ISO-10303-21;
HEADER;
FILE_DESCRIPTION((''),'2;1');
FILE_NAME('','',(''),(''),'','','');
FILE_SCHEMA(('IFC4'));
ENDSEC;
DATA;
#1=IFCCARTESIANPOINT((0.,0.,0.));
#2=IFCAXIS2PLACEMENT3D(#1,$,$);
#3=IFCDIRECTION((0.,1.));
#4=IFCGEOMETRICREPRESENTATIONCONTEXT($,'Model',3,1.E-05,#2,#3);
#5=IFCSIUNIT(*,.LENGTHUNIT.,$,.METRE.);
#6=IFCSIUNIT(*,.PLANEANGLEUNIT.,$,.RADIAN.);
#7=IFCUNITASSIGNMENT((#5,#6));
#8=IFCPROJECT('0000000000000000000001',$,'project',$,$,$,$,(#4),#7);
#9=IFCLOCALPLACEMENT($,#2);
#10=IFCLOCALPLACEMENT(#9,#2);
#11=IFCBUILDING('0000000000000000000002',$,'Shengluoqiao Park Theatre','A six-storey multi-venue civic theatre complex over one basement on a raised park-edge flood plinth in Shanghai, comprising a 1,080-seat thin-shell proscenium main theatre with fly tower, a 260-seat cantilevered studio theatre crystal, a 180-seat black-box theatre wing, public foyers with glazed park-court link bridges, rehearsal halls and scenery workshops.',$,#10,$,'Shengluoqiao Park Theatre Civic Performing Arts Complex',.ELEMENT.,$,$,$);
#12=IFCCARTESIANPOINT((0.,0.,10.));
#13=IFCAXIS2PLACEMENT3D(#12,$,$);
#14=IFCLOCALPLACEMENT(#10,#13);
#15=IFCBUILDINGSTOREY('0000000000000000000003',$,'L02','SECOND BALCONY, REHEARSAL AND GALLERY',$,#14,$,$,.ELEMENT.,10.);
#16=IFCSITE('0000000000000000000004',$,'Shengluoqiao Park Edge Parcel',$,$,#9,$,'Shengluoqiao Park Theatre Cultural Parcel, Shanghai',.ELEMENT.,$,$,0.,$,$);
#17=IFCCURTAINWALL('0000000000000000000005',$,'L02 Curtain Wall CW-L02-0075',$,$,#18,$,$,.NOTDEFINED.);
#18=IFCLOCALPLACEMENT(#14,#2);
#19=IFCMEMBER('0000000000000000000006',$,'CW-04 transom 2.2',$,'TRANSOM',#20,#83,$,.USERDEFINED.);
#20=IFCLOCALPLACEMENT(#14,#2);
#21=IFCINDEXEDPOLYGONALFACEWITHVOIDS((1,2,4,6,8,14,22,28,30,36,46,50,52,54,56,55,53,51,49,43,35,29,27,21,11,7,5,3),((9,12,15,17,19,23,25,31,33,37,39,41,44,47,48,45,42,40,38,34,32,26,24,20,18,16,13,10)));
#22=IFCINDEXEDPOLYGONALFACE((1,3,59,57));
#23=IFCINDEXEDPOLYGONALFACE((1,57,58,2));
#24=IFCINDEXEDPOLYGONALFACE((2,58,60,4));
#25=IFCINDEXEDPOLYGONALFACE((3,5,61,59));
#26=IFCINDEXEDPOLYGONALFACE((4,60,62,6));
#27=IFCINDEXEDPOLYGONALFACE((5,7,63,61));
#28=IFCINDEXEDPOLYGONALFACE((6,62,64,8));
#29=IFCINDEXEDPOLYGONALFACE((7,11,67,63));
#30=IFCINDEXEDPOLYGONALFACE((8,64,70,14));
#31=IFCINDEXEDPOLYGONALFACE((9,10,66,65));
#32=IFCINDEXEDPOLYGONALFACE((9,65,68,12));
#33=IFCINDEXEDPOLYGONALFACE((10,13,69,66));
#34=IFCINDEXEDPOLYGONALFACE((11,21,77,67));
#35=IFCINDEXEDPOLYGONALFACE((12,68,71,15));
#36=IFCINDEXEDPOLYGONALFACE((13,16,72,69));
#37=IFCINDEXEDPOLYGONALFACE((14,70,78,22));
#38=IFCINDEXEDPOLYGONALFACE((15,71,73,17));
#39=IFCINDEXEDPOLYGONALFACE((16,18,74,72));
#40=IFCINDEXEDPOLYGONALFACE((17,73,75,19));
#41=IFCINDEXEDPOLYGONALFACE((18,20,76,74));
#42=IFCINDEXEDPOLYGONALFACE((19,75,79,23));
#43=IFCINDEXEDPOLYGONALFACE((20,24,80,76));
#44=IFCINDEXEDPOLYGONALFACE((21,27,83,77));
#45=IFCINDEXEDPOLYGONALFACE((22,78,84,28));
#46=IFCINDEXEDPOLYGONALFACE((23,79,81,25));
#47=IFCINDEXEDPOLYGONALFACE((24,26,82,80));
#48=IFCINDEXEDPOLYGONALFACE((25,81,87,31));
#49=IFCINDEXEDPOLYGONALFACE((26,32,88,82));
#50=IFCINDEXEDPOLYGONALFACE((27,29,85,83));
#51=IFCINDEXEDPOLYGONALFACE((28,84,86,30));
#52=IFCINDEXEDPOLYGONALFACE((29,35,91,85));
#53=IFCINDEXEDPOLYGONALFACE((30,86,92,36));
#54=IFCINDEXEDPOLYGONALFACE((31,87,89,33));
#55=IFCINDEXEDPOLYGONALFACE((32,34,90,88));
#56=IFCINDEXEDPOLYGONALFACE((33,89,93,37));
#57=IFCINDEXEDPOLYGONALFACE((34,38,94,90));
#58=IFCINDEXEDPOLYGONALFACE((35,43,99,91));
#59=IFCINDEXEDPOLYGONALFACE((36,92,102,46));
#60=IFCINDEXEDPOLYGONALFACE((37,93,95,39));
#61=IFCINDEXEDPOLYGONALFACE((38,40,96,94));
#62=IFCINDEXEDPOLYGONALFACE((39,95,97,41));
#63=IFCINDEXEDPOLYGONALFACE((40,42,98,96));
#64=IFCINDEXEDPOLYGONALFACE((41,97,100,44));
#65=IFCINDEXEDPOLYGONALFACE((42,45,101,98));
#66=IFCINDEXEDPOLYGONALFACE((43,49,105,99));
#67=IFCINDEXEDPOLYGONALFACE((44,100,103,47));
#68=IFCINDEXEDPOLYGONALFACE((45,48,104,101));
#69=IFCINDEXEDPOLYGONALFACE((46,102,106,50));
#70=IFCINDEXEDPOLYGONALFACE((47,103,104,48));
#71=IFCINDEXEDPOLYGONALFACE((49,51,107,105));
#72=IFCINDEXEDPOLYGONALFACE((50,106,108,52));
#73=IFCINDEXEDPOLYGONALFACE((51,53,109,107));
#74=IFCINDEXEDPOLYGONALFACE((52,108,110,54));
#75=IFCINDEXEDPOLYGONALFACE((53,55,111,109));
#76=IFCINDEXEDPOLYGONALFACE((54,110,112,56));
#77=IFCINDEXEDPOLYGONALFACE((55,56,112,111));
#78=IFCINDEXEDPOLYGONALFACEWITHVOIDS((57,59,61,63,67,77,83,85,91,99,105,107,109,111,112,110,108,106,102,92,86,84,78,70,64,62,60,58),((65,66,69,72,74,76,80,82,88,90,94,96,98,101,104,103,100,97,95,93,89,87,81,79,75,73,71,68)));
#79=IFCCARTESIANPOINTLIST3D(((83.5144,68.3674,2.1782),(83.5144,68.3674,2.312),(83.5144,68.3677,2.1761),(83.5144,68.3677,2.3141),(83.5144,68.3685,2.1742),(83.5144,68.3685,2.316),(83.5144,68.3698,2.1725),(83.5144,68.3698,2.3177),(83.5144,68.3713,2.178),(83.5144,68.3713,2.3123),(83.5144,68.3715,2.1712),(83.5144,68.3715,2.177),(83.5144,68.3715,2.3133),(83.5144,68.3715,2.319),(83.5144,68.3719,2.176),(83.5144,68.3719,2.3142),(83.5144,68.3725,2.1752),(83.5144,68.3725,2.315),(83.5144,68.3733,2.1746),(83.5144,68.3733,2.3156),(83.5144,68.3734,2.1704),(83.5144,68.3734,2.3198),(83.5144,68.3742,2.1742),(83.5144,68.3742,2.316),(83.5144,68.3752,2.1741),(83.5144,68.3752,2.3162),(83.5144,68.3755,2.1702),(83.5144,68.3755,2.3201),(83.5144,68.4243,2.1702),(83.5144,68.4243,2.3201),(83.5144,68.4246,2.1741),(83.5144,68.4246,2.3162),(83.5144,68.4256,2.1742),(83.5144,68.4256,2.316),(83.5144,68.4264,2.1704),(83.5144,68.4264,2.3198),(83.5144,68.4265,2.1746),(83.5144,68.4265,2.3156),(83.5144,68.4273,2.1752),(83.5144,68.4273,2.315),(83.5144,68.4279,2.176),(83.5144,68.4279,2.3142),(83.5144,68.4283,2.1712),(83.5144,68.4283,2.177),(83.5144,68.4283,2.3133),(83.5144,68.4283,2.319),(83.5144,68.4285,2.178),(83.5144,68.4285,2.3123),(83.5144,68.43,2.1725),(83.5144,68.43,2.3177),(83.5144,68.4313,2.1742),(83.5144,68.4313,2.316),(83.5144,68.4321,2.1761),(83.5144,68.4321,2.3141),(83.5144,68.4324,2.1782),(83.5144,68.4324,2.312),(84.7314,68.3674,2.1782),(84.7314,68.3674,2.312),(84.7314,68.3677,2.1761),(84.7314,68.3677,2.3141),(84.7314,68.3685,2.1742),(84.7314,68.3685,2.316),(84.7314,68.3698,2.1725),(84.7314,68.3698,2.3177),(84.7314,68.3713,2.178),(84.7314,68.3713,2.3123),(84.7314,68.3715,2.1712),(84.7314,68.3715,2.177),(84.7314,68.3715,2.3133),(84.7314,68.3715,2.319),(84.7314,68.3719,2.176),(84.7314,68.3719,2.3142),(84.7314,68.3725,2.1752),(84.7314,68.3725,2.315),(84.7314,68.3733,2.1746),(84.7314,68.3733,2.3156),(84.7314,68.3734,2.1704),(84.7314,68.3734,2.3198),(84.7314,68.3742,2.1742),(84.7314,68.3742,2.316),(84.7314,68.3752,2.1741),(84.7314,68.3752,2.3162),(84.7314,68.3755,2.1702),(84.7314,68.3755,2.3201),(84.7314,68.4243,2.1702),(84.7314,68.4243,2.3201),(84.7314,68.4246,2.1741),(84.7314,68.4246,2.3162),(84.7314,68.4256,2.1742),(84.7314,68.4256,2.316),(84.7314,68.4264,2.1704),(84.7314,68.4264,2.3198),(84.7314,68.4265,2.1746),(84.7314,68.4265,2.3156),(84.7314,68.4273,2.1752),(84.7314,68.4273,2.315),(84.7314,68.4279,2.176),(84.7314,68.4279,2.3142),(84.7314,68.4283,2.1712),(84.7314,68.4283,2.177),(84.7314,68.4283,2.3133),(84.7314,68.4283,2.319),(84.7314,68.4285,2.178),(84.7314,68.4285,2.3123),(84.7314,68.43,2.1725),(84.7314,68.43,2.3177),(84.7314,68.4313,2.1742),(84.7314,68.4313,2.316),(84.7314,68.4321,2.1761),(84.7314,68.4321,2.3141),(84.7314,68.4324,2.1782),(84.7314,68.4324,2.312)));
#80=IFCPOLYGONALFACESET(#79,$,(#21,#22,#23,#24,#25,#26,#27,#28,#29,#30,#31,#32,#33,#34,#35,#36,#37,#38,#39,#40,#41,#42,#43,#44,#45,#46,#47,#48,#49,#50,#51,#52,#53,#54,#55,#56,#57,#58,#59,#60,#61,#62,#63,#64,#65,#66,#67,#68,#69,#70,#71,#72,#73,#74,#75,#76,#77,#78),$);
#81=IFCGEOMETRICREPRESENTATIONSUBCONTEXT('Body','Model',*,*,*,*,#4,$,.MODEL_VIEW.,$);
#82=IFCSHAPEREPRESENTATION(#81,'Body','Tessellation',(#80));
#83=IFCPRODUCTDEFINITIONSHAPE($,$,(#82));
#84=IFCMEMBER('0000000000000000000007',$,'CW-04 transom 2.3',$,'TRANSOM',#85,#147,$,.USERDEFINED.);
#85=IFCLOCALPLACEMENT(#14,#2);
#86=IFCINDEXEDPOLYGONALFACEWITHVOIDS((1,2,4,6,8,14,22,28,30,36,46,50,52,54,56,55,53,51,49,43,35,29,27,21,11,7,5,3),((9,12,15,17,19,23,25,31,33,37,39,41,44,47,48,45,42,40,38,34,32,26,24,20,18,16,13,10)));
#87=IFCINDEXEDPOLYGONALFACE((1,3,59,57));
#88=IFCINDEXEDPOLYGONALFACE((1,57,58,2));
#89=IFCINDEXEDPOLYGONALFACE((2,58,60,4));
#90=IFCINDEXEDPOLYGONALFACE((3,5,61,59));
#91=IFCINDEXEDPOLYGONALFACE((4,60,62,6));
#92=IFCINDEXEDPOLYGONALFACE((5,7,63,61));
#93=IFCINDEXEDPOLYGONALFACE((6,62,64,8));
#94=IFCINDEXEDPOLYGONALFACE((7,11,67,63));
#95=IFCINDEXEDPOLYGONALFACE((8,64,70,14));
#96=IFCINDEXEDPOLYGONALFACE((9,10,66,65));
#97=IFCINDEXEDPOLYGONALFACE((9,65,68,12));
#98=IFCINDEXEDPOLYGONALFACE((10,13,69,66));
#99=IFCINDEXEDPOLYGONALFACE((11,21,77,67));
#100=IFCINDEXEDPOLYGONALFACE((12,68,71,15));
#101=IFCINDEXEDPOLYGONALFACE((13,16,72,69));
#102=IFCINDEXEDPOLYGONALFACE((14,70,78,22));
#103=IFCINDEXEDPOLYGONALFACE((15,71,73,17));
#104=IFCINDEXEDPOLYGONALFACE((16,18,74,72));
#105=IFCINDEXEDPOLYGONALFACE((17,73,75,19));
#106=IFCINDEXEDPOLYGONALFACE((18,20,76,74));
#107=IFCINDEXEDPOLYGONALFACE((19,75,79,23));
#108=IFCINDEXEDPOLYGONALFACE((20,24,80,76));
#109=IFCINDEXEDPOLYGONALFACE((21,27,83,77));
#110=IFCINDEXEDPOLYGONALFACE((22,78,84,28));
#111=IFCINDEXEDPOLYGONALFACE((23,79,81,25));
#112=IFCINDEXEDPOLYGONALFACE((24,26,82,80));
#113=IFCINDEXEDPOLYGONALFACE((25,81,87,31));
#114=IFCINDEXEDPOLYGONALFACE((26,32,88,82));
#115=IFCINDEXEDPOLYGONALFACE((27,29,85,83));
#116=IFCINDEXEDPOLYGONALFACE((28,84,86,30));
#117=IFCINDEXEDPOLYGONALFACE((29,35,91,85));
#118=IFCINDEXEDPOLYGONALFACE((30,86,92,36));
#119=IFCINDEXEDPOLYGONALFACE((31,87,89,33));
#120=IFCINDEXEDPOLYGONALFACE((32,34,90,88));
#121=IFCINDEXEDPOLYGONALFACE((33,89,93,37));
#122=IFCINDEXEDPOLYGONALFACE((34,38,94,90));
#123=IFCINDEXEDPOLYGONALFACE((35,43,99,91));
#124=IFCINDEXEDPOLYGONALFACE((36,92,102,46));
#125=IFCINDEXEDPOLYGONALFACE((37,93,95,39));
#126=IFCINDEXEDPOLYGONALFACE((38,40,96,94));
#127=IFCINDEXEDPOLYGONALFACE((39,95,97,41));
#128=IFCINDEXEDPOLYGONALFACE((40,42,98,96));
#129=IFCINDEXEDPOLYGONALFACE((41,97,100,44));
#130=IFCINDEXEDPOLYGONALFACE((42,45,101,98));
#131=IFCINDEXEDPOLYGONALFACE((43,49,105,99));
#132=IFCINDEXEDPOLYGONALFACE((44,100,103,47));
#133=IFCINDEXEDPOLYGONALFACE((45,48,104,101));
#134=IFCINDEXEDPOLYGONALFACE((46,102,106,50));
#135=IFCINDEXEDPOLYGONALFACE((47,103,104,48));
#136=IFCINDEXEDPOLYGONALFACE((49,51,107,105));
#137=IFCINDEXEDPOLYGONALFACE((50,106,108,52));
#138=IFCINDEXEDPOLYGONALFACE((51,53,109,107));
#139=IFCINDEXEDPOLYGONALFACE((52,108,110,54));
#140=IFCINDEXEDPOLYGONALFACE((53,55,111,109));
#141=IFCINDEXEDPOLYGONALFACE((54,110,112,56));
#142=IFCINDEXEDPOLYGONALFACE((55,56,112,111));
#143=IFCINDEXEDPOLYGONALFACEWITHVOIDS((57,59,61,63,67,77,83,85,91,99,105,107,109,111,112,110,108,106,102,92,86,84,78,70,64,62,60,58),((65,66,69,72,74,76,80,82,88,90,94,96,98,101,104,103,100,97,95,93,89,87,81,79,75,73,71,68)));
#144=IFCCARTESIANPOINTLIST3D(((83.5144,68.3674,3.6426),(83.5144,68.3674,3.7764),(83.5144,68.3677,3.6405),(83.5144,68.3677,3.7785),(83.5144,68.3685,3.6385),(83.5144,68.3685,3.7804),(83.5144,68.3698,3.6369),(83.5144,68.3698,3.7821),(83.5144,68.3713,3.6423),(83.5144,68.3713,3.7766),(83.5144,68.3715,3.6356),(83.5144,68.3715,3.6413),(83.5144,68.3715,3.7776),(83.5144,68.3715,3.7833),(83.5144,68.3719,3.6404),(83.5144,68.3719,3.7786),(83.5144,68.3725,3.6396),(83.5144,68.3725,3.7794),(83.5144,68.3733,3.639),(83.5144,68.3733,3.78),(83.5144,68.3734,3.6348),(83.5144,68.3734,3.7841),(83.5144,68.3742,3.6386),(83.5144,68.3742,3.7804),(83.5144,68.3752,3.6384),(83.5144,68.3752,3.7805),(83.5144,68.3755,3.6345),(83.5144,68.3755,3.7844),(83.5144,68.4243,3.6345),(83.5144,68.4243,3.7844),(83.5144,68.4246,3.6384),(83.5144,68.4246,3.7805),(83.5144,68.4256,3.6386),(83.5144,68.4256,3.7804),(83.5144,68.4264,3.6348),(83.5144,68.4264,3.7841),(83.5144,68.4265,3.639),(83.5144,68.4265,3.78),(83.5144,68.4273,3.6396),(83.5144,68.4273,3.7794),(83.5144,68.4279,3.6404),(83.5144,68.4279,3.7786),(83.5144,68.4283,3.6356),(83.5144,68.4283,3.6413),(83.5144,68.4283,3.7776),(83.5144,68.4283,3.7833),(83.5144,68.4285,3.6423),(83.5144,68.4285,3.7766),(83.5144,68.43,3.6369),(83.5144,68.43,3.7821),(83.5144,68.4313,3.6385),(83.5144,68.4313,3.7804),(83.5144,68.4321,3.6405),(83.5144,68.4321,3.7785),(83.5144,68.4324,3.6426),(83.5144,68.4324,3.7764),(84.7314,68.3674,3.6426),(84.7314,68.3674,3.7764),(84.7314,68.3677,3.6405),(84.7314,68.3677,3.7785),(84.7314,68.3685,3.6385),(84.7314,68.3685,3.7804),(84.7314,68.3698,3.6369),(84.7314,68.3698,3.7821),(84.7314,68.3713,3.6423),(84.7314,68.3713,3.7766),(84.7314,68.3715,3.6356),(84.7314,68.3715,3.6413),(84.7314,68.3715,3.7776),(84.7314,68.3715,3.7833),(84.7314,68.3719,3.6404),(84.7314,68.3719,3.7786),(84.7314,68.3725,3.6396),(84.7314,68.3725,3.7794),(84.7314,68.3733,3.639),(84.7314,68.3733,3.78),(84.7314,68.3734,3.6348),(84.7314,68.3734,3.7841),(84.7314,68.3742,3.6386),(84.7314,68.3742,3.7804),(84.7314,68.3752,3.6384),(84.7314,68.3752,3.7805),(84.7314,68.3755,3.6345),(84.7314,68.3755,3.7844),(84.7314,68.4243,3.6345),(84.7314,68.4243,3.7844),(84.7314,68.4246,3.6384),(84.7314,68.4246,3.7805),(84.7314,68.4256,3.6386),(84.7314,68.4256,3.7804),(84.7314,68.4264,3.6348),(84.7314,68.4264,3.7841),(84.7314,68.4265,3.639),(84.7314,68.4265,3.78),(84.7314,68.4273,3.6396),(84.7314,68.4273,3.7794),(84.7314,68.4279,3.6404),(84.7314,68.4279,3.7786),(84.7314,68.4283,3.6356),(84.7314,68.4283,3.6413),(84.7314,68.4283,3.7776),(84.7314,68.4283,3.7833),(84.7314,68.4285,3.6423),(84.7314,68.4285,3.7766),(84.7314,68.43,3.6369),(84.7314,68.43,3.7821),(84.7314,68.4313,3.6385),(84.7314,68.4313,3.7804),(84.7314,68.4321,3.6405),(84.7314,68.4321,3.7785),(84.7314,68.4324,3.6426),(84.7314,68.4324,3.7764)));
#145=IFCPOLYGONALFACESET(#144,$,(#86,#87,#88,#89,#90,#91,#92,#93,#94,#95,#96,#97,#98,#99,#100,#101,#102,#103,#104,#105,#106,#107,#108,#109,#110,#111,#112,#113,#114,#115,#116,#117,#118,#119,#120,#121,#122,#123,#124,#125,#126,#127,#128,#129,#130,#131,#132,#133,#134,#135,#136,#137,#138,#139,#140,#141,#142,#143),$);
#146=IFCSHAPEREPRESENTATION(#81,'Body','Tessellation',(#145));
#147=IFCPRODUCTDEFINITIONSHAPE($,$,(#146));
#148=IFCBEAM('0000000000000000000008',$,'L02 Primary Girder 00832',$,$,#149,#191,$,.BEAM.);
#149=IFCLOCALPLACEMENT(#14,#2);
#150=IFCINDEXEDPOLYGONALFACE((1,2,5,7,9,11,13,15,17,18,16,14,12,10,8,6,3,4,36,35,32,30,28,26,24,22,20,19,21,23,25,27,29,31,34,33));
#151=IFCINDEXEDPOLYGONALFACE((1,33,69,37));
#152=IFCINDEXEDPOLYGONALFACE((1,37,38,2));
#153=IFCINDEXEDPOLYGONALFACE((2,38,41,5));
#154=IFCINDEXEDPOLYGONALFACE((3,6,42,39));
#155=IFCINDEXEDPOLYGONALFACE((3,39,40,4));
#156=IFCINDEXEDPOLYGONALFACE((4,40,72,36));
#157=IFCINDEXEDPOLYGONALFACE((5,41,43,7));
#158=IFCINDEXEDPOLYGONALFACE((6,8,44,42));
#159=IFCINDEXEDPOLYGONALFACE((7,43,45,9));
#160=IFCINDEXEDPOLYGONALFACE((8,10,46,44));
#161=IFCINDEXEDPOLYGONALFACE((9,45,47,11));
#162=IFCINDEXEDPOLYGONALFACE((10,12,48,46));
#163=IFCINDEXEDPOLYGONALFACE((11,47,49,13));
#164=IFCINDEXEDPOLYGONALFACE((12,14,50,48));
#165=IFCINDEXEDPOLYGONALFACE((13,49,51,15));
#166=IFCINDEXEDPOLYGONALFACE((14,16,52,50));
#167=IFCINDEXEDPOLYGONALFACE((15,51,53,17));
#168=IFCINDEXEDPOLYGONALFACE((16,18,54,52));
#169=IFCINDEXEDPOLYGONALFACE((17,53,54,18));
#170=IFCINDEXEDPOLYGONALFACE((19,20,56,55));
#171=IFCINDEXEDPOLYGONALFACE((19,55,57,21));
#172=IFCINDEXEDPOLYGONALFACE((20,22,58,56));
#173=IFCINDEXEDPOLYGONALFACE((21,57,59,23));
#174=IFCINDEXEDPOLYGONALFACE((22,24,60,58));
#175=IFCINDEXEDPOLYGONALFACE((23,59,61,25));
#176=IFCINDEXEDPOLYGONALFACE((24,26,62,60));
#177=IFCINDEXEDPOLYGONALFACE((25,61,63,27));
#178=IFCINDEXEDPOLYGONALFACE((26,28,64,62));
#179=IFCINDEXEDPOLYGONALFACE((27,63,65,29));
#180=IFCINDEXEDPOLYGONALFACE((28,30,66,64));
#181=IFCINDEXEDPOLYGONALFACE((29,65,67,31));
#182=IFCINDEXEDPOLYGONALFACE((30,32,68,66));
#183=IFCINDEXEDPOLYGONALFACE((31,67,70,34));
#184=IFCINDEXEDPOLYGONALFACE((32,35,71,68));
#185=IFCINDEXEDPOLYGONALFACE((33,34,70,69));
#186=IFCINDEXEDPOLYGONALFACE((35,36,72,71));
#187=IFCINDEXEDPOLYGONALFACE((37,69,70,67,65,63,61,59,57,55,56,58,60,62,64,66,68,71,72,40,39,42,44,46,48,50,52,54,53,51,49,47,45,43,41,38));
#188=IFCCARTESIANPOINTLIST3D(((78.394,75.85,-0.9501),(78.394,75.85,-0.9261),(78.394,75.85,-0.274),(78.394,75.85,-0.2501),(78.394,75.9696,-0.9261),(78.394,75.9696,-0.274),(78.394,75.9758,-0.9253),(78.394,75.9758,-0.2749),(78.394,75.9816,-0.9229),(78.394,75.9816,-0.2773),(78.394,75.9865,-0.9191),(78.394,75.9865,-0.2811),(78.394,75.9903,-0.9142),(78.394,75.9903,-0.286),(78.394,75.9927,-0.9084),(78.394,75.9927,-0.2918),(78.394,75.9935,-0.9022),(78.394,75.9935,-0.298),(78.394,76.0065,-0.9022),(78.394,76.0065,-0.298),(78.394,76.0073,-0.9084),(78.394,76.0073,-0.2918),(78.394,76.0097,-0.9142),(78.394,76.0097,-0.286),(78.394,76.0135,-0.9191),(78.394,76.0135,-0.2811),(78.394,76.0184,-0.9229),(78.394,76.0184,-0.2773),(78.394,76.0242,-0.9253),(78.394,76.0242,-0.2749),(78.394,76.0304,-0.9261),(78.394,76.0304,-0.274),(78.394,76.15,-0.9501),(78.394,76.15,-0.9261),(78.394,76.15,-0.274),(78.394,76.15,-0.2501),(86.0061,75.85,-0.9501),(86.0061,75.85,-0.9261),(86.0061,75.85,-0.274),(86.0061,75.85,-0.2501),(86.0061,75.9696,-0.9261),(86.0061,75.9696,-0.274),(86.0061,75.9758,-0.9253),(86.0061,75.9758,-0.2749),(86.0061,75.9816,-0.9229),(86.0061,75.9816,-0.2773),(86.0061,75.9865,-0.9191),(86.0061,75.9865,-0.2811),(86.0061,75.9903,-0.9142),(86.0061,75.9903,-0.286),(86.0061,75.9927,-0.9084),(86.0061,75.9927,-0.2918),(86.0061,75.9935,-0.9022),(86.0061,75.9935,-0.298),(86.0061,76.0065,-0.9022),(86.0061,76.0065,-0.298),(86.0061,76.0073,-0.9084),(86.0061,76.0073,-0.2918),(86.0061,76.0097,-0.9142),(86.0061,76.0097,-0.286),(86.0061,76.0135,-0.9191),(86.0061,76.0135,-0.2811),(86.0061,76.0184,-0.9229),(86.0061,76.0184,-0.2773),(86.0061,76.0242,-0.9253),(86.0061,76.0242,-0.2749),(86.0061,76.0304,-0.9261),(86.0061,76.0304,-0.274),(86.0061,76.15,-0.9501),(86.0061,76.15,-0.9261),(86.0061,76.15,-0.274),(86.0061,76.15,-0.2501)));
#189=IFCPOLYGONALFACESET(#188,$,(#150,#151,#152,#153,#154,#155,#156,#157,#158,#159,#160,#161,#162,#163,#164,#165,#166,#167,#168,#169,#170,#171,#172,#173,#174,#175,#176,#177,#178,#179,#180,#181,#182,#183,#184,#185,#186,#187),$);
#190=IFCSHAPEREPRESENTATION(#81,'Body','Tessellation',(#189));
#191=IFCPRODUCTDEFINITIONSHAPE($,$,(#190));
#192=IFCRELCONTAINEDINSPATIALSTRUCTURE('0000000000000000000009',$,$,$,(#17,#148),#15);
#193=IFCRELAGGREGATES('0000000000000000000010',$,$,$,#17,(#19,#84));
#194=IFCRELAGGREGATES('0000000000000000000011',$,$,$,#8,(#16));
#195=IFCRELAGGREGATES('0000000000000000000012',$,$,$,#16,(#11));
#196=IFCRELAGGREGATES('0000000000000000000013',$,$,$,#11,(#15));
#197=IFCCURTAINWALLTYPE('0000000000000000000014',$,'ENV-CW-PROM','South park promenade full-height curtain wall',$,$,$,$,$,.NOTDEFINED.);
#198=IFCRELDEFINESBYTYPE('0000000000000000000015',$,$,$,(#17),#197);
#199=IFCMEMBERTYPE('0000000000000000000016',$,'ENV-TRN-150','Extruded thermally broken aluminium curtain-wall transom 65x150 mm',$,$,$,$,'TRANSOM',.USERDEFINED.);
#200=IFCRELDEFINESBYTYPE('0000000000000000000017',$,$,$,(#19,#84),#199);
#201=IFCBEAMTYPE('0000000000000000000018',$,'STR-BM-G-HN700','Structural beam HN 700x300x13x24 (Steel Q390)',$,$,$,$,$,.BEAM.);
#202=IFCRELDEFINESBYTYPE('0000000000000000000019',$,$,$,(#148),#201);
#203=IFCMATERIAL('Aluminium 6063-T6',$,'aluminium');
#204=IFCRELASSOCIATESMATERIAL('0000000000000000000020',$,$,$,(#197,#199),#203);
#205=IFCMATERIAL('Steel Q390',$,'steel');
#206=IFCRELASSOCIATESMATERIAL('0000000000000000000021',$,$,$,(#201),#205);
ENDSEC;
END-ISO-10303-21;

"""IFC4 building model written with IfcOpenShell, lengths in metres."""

from ifc_helpers import new_model, si_unit, direction, frame, origin, origin_2d, place, context, subcontext, project, spatial, hollow_rectangle, i_section, extrude, material, material_profile, profile_set, type_object, element, aggregate, save


model = new_model("IFC4")

# Units and contexts
model_context = context("Model", 3, precision=1e-05, world=origin(), true_north=direction((0.0, 1.0)))
body_context = subcontext(model_context, "Body", "Model", "MODEL_VIEW")
ifc_project = project(units=[si_unit("LENGTHUNIT", "METRE"), si_unit("PLANEANGLEUNIT", "RADIAN")], contexts=[model_context])

# Site, building, storey
site_placement = place(None, origin())
site = spatial("IfcSite", under=ifc_project, at=site_placement, Name="Shengluoqiao Park Edge Parcel", LongName="Shengluoqiao Park Theatre Cultural Parcel, Shanghai", CompositionType="ELEMENT", RefElevation=0.0)
building_placement = place(site_placement, origin())
building = spatial("IfcBuilding", under=site, at=building_placement, Name="Shengluoqiao Park Theatre", Description="A six-storey multi-venue civic theatre complex over one basement on a raised park-edge flood plinth in Shanghai, comprising a 1,080-seat thin-shell proscenium main theatre with fly tower, a 260-seat cantilevered studio theatre crystal, a 180-seat black-box theatre wing, public foyers with glazed park-court link bridges, rehearsal halls and scenery workshops.", LongName="Shengluoqiao Park Theatre Civic Performing Arts Complex", CompositionType="ELEMENT")
storey_placement = place(building_placement, frame((0.0, 0.0, 10.0)))
storey = spatial("IfcBuildingStorey", under=building, at=storey_placement, Name="L02", Description="SECOND BALCONY, REHEARSAL AND GALLERY", CompositionType="ELEMENT", Elevation=10.0)

# Curtain wall, members
ifc_material_1 = material(Name="Aluminium 6063-T6", Category="aluminium")
curtain_wall_type = type_object("IfcCurtainWallType", Name="ENV-CW-PROM", Description="South park promenade full-height curtain wall", PredefinedType="NOTDEFINED", material=ifc_material_1)
curtain_wall_placement = place(storey_placement, origin())
curtain_wall = element("IfcCurtainWall", 1, at=curtain_wall_placement, inside=storey, type_object=curtain_wall_type, Name="L02 Curtain Wall CW-L02-0075", PredefinedType="NOTDEFINED")
ifc_material_profile_1 = material_profile(ifc_material_1, hollow_rectangle(XDim=0.0649, YDim=0.1499, WallThickness=0.0039, InnerFilletRadius=0.0039, OuterFilletRadius=0.0081, at=origin_2d()), Name="ALU TRANSOM 150x65x4")
ifc_profile_set_1 = profile_set([ifc_material_profile_1], Name="Aluminium 6063-T6")
member_type_1 = type_object("IfcMemberType", Name="ENV-TRN-150", Description="Extruded thermally broken aluminium curtain-wall transom 65x150 mm", ElementType="TRANSOM", PredefinedType="USERDEFINED", material=ifc_profile_set_1)
member_1_placement = place(storey_placement, frame((83.5144, 68.3999, 2.2451), z_axis=(1.0, 0.0, 0.0), x_axis=(0.0, 1.0, 0.0)))
member_1 = element("IfcMember", 2, at=member_1_placement, type_object=member_type_1, Name="CW-04 transom 2.2", ObjectType="TRANSOM", PredefinedType="USERDEFINED", context=body_context, shape_type="SweptSolid", body=[
    extrude(hollow_rectangle(XDim=0.0649, YDim=0.1499, WallThickness=0.0039, InnerFilletRadius=0.0039, OuterFilletRadius=0.0081, at=origin_2d()), origin(), (0.0, 0.0, 1.0), 1.217),
])
member_2_placement = place(storey_placement, frame((83.5144, 68.3999, 3.7095), z_axis=(1.0, 0.0, 0.0), x_axis=(0.0, 1.0, 0.0)))
member_2 = element("IfcMember", 3, at=member_2_placement, type_object=member_type_1, Name="CW-04 transom 2.3", ObjectType="TRANSOM", PredefinedType="USERDEFINED", context=body_context, shape_type="SweptSolid", body=[
    extrude(hollow_rectangle(XDim=0.0649, YDim=0.1499, WallThickness=0.0039, InnerFilletRadius=0.0039, OuterFilletRadius=0.0081, at=origin_2d()), origin(), (0.0, 0.0, 1.0), 1.217),
])

# Beam
ifc_material_2 = material(Name="Steel Q390", Category="steel")
ifc_material_profile_2 = material_profile(ifc_material_2, i_section(OverallWidth=0.3, OverallDepth=0.7, WebThickness=0.0129, FlangeThickness=0.0239, FilletRadius=0.0239, at=origin_2d()), Name="HN 700x300x13x24")
ifc_profile_set_2 = profile_set([ifc_material_profile_2], Name="Steel Q390")
beam_type_1 = type_object("IfcBeamType", Name="STR-BM-G-HN700", Description="Structural beam HN 700x300x13x24 (Steel Q390)", PredefinedType="BEAM", material=ifc_profile_set_2)
beam_placement = place(storey_placement, frame((78.394, 76.0, -0.6001), z_axis=(1.0, 0.0, 0.0), x_axis=(0.0, 1.0, 0.0)))
element("IfcBeam", 4, at=beam_placement, inside=storey, type_object=beam_type_1, Name="L02 Primary Girder 00832", PredefinedType="BEAM", context=body_context, shape_type="SweptSolid", body=[
    extrude(i_section(OverallWidth=0.3, OverallDepth=0.7, WebThickness=0.0129, FlangeThickness=0.0239, FilletRadius=0.0239, at=origin_2d()), origin(), (0.0, 0.0, 1.0), 7.6121),
])

aggregate(curtain_wall, [member_1, member_2])

save(model, "model.ifc")
